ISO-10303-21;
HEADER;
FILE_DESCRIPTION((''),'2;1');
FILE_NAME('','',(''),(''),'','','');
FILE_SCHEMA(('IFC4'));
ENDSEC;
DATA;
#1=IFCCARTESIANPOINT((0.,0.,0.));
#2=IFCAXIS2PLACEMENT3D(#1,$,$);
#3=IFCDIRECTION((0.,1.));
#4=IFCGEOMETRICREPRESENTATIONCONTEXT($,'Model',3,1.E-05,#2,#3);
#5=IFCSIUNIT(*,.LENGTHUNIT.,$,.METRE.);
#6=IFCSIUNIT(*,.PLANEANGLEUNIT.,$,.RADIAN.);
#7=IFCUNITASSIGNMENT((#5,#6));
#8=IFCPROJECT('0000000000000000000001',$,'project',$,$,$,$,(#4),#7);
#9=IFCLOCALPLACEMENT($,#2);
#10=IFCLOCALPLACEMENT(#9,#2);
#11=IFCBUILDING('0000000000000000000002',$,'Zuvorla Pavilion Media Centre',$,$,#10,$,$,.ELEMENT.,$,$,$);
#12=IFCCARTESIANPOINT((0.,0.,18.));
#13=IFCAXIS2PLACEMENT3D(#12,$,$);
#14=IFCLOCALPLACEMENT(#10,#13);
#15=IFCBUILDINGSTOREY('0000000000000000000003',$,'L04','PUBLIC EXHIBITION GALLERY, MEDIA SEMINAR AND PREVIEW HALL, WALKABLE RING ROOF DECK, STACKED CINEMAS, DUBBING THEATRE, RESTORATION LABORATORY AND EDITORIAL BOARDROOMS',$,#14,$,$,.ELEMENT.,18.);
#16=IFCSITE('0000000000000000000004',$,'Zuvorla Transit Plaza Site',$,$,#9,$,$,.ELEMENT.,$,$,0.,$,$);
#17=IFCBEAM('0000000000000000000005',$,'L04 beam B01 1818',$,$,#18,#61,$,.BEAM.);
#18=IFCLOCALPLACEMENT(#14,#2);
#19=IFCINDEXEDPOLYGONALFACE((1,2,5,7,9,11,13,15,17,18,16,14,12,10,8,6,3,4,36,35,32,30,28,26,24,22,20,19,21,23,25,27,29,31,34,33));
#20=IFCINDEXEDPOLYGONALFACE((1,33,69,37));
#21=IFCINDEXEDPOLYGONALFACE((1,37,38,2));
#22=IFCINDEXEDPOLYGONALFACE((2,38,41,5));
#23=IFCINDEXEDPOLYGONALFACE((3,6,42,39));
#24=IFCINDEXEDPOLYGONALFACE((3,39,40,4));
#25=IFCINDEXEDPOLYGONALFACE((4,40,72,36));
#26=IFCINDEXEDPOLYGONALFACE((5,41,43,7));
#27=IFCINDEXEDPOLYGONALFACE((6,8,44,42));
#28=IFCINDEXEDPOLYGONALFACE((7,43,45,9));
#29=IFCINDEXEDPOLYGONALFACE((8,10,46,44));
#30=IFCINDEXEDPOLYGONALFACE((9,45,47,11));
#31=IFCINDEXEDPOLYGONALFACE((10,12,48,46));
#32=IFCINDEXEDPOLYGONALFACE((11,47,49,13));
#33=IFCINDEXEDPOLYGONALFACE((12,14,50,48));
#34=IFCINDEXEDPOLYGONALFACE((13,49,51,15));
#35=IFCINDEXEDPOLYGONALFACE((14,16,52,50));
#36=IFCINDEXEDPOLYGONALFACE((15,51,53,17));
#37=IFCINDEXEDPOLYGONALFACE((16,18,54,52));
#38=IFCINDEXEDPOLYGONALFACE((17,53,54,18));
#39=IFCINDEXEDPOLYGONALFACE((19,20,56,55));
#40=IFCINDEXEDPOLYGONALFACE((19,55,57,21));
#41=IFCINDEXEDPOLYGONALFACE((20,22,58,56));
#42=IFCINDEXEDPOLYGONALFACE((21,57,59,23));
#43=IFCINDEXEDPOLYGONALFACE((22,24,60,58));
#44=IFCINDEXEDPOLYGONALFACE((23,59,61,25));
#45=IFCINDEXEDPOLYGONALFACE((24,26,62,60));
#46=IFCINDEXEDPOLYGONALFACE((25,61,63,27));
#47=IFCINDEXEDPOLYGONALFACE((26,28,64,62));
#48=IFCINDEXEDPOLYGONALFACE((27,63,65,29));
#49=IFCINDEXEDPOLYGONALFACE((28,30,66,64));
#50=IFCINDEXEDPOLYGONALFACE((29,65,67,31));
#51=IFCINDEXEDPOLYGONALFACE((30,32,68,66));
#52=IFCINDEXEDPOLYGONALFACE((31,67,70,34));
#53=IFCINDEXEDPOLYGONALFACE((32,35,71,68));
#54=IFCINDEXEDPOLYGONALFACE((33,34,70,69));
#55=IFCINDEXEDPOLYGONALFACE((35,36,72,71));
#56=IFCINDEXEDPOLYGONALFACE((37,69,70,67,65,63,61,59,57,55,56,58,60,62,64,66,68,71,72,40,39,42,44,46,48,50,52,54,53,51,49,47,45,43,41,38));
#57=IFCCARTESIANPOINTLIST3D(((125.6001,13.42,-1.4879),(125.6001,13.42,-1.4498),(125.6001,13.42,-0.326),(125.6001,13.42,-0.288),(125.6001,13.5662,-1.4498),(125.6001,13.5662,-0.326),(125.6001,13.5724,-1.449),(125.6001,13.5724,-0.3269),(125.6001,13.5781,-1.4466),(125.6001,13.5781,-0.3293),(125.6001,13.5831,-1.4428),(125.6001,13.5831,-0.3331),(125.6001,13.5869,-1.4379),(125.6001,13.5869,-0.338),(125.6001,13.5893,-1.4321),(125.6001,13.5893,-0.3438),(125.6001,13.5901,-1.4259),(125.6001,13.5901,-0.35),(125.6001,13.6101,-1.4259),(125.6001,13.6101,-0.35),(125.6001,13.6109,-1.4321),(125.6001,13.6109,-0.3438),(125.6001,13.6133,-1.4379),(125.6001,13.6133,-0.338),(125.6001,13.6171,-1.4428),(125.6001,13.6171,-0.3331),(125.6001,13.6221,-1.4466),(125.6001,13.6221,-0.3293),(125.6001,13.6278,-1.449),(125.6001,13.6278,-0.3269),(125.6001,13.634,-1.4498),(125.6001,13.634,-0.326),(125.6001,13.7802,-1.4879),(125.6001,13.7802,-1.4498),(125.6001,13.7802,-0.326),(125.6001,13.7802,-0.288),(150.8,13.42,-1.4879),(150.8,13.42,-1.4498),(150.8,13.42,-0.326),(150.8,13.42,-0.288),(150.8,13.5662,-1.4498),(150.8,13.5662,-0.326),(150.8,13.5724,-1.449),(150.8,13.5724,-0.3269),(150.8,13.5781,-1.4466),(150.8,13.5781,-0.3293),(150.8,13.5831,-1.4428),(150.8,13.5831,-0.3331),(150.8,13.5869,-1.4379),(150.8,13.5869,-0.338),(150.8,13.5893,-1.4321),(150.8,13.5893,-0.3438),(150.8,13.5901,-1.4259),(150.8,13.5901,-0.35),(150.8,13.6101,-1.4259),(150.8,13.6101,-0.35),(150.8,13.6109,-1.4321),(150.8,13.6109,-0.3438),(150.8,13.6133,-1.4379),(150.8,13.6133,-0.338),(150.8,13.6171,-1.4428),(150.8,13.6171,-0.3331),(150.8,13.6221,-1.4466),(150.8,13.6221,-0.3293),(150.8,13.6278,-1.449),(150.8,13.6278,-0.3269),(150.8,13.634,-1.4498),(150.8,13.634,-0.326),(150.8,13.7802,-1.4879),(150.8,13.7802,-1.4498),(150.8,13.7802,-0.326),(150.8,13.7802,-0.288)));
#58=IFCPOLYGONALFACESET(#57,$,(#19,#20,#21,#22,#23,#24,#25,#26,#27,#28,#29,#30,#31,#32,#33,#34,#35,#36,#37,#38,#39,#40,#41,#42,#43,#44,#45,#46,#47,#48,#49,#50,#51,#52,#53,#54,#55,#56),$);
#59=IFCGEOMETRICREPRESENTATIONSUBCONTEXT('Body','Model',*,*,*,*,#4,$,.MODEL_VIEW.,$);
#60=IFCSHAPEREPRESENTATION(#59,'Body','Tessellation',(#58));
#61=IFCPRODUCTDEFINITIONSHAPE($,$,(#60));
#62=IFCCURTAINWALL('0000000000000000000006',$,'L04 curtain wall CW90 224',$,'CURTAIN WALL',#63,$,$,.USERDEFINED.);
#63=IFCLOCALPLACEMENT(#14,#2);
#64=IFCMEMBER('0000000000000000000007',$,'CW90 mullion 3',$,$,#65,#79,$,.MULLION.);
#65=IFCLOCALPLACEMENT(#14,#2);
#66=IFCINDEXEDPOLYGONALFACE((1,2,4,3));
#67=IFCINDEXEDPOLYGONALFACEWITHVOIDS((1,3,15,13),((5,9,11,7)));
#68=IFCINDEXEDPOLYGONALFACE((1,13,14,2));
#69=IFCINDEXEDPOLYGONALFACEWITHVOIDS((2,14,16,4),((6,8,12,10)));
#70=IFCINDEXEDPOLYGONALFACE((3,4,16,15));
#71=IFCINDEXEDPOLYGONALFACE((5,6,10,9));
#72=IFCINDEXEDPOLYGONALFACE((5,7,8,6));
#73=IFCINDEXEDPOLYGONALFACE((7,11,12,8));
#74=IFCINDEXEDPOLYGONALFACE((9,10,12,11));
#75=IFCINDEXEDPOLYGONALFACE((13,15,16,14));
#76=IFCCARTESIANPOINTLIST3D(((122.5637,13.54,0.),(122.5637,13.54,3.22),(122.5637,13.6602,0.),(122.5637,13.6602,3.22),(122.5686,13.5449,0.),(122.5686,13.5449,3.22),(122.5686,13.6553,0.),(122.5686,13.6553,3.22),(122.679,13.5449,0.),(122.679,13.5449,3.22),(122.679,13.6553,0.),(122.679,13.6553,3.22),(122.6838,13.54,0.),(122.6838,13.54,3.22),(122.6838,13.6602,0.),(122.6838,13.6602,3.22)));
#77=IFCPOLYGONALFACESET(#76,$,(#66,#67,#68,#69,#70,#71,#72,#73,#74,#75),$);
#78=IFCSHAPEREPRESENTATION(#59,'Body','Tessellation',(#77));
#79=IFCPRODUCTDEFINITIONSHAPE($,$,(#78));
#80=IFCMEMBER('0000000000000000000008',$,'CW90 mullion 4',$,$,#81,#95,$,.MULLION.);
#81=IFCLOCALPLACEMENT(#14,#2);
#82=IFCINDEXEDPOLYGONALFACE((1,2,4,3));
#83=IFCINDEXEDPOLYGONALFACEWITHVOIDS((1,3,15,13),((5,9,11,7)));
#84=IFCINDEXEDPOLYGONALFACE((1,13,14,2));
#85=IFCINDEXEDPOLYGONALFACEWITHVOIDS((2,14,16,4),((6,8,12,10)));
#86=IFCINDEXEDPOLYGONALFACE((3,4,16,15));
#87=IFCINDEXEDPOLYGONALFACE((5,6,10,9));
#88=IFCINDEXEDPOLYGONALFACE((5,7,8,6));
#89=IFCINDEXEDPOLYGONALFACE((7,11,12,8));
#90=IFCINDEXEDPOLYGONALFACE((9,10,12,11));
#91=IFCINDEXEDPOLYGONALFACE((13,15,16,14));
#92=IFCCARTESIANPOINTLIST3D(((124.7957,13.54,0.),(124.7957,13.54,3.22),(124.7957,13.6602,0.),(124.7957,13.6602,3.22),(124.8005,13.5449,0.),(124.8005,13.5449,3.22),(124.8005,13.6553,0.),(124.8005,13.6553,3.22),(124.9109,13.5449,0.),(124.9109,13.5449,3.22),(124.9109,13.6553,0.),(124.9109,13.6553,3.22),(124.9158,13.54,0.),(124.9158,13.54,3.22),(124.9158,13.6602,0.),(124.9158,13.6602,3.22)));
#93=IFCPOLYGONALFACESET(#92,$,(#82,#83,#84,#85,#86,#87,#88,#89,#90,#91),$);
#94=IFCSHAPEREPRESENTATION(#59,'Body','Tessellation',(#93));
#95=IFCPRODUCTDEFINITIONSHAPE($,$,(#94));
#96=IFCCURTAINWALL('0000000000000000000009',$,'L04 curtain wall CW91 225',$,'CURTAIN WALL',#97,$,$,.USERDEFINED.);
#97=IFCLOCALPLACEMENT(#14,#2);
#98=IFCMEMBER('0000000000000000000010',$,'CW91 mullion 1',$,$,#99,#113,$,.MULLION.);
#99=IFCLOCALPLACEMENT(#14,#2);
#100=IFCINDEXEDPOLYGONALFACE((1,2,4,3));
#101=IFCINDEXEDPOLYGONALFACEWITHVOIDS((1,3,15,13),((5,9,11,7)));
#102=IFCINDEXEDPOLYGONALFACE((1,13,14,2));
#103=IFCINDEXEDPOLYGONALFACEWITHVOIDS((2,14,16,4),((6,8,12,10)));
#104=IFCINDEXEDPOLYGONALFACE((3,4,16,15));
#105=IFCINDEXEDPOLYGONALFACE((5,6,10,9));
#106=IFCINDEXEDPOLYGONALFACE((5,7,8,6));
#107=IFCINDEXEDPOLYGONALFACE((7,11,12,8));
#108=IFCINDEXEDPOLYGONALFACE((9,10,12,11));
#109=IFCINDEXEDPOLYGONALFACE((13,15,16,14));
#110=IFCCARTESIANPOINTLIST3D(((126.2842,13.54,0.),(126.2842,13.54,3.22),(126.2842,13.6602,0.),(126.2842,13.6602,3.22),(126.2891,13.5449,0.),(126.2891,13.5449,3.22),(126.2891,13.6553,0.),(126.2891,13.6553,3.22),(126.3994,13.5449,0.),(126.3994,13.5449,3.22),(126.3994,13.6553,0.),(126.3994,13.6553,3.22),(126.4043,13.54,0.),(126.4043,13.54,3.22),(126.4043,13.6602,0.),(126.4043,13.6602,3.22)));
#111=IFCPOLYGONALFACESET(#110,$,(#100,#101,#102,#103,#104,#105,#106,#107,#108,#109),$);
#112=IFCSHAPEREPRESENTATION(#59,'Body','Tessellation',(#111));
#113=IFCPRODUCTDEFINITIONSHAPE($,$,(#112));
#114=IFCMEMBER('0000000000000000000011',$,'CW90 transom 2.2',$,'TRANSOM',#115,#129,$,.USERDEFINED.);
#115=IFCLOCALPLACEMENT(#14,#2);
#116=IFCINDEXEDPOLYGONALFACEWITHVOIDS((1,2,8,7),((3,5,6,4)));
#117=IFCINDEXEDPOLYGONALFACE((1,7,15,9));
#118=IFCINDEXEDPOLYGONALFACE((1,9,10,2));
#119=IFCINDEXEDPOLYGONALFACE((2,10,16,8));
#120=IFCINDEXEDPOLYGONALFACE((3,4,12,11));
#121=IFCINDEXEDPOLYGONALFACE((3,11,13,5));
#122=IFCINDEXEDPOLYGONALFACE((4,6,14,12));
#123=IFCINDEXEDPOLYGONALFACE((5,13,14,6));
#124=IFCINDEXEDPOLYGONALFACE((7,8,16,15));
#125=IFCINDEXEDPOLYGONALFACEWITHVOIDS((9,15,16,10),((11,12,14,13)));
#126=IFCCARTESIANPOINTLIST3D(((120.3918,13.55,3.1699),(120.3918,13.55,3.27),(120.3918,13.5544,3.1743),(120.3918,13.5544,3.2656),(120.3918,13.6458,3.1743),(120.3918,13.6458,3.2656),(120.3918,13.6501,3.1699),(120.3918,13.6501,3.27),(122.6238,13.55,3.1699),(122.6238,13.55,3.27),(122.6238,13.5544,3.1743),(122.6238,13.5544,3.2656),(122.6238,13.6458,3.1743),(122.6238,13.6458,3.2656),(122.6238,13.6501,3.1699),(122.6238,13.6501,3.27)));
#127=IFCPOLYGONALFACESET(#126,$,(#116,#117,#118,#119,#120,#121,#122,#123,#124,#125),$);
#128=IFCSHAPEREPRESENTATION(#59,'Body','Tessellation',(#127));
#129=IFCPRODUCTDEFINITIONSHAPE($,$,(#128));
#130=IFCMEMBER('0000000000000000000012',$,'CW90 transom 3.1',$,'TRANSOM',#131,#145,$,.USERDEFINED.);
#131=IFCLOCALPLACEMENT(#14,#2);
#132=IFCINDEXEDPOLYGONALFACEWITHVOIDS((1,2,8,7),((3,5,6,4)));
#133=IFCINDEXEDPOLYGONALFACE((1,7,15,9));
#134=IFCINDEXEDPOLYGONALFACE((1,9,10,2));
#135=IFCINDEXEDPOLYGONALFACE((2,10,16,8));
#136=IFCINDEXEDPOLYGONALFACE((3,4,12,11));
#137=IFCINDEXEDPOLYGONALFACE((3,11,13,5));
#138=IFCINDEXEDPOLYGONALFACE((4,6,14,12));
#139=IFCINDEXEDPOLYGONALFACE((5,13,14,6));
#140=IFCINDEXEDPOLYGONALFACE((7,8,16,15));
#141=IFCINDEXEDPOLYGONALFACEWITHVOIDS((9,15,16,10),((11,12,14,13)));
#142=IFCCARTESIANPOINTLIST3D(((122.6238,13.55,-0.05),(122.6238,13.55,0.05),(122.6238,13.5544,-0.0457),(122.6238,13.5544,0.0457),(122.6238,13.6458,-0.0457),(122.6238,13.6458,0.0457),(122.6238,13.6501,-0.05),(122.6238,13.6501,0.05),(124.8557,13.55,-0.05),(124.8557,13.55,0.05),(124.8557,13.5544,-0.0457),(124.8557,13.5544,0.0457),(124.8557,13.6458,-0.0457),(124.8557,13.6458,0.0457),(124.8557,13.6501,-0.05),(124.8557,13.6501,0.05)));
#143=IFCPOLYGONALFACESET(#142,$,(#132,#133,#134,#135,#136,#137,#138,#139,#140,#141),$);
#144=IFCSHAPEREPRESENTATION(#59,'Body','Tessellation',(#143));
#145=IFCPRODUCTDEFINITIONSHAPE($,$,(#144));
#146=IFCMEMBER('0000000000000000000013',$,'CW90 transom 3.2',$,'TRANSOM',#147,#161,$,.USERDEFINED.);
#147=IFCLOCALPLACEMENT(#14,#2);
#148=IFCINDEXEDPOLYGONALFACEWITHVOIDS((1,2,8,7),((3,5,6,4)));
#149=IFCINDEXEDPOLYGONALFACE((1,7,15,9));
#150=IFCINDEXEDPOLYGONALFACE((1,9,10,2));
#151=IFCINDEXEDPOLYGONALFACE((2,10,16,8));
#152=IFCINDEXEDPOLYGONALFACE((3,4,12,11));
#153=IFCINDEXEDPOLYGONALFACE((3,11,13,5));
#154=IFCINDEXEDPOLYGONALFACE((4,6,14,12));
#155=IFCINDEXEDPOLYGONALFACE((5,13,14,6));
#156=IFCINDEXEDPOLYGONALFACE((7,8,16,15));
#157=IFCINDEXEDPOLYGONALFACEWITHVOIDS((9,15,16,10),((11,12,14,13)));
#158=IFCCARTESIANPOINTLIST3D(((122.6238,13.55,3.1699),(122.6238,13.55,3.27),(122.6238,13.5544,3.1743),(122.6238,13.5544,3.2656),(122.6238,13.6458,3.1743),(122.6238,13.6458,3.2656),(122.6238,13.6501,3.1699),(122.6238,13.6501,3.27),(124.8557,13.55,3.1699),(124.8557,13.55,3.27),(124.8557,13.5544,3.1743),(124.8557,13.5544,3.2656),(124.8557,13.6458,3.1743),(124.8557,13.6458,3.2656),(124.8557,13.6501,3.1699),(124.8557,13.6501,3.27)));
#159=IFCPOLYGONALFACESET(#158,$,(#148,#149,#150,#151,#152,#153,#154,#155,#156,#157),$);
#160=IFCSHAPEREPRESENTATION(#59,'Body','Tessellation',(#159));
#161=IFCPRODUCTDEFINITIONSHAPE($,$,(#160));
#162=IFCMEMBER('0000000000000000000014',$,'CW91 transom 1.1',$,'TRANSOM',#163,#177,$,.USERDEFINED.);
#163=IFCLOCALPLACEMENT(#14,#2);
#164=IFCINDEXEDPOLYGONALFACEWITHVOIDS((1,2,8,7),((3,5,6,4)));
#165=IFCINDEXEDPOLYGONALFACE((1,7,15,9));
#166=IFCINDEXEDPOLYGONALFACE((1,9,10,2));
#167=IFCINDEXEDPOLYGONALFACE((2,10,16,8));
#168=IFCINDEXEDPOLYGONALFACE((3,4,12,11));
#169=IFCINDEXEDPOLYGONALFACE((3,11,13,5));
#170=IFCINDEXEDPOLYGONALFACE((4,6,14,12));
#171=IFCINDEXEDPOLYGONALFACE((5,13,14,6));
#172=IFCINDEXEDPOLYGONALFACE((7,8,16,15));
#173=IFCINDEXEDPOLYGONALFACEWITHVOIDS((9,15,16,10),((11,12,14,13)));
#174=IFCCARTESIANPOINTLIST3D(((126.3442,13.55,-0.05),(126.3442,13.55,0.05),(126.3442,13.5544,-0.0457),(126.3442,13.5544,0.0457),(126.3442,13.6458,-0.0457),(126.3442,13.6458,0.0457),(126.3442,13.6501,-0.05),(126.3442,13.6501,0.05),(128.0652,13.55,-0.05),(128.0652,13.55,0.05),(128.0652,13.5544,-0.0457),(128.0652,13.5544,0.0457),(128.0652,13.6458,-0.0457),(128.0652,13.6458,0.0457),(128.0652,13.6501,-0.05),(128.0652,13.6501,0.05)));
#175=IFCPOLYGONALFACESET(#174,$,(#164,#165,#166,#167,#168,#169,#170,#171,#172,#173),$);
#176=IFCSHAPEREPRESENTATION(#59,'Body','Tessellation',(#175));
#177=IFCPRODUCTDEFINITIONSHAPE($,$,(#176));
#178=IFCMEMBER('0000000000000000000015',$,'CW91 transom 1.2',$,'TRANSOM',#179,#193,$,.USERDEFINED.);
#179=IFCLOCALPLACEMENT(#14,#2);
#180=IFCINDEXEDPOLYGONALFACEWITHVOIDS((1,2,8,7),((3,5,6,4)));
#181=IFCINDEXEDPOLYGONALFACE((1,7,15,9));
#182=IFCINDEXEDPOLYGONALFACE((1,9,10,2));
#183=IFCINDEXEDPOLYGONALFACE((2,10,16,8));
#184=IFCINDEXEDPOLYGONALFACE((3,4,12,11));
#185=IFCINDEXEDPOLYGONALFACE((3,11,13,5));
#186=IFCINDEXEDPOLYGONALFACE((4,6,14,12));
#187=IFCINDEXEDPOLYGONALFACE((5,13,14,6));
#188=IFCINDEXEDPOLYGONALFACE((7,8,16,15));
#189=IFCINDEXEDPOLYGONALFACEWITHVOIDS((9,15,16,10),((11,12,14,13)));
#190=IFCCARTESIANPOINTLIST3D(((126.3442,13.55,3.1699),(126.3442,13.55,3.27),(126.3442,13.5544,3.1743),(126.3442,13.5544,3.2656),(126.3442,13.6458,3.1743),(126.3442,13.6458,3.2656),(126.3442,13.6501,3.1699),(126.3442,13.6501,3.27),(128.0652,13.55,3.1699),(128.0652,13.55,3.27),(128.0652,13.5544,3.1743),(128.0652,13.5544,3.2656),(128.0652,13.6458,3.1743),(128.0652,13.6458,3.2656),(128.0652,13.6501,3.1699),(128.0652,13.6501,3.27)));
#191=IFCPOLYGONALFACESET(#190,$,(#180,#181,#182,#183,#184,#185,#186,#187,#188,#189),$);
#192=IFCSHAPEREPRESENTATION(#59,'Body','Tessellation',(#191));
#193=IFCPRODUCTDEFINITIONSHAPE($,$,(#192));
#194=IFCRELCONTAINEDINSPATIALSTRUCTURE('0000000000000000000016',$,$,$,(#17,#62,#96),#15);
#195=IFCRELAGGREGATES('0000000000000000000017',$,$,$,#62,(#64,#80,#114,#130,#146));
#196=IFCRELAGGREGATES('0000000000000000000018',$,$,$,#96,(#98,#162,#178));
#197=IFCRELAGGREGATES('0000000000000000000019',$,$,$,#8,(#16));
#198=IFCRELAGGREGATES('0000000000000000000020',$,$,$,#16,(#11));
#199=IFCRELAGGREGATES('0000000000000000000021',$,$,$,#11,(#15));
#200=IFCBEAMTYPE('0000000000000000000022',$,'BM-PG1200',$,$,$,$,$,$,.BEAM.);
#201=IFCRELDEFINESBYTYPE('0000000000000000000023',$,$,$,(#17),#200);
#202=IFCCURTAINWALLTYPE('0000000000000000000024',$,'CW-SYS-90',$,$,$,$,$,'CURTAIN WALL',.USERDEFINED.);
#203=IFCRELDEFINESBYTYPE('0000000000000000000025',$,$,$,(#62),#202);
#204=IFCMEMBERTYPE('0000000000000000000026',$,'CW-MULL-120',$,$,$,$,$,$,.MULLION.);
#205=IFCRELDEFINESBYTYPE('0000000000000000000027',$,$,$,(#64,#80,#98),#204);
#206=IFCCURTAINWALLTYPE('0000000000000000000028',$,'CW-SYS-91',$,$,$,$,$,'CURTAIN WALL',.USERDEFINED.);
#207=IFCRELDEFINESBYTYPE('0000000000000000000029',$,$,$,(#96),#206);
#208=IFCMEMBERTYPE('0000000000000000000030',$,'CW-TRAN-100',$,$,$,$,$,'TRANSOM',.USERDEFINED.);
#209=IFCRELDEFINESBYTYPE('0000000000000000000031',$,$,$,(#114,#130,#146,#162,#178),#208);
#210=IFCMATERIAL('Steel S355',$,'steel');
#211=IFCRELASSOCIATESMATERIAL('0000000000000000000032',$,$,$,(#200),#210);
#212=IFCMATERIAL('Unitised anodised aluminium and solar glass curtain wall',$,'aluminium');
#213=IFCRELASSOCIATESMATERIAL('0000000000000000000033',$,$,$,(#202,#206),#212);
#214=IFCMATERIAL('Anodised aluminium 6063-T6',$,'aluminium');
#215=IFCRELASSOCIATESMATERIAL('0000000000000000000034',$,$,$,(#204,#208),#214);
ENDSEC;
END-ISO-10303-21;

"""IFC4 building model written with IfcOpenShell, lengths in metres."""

from ifc_helpers import new_model, si_unit, direction, frame, origin, origin_2d, place, context, subcontext, project, spatial, hollow_rectangle, i_section, extrude, material, material_profile, profile_set, type_object, element, aggregate, save


model = new_model("IFC4")

# Units and contexts
model_context = context("Model", 3, precision=1e-05, world=origin(), true_north=direction((0.0, 1.0)))
body_context = subcontext(model_context, "Body", "Model", "MODEL_VIEW")
ifc_project = project(units=[si_unit("LENGTHUNIT", "METRE"), si_unit("PLANEANGLEUNIT", "RADIAN")], contexts=[model_context])

# Site, building, storey
site_placement = place(None, origin())
site = spatial("IfcSite", under=ifc_project, at=site_placement, Name="Zuvorla Transit Plaza Site", CompositionType="ELEMENT", RefElevation=0.0)
building_placement = place(site_placement, origin())
building = spatial("IfcBuilding", under=site, at=building_placement, Name="Zuvorla Pavilion Media Centre", CompositionType="ELEMENT")
storey_placement = place(building_placement, frame((0.0, 0.0, 18.0)))
storey = spatial("IfcBuildingStorey", under=building, at=storey_placement, Name="L04", Description="PUBLIC EXHIBITION GALLERY, MEDIA SEMINAR AND PREVIEW HALL, WALKABLE RING ROOF DECK, STACKED CINEMAS, DUBBING THEATRE, RESTORATION LABORATORY AND EDITORIAL BOARDROOMS", CompositionType="ELEMENT", Elevation=18.0)

# Beam
ifc_material_1 = material(Name="Steel S355", Category="steel")
ifc_material_profile_1 = material_profile(ifc_material_1, i_section(OverallWidth=0.3601, OverallDepth=1.2, WebThickness=0.02, FlangeThickness=0.0381, FilletRadius=0.0239, at=origin_2d()), Name="PG 1200x360x38")
ifc_profile_set_1 = profile_set([ifc_material_profile_1], Name="Steel S355")
beam_type = type_object("IfcBeamType", Name="BM-PG1200", PredefinedType="BEAM", material=ifc_profile_set_1)
beam_placement = place(storey_placement, frame((125.6001, 13.6001, -0.8879), z_axis=(1.0, 0.0, 0.0), x_axis=(0.0, 1.0, 0.0)))
element("IfcBeam", 1, at=beam_placement, inside=storey, type_object=beam_type, Name="L04 beam B01 1818", PredefinedType="BEAM", context=body_context, shape_type="SweptSolid", body=[
    extrude(i_section(OverallWidth=0.3601, OverallDepth=1.2, WebThickness=0.02, FlangeThickness=0.0381, FilletRadius=0.0239, at=origin_2d()), origin(), (0.0, 0.0, 1.0), 25.2),
])

# Curtain wall, members
ifc_material_2 = material(Name="Unitised anodised aluminium and solar glass curtain wall", Category="aluminium")
curtain_wall_type_1 = type_object("IfcCurtainWallType", Name="CW-SYS-90", ElementType="CURTAIN WALL", PredefinedType="USERDEFINED", material=ifc_material_2)
curtain_wall_1_placement = place(storey_placement, origin())
curtain_wall_1 = element("IfcCurtainWall", 2, at=curtain_wall_1_placement, inside=storey, type_object=curtain_wall_type_1, Name="L04 curtain wall CW90 224", ObjectType="CURTAIN WALL", PredefinedType="USERDEFINED")
ifc_material_3 = material(Name="Anodised aluminium 6063-T6", Category="aluminium")
ifc_material_profile_2 = material_profile(ifc_material_3, hollow_rectangle(XDim=0.1201, YDim=0.1201, WallThickness=0.0049, at=origin_2d()), Name="ALU MULL 120x120")
ifc_profile_set_2 = profile_set([ifc_material_profile_2], Name="Anodised aluminium 6063-T6")
member_type_1 = type_object("IfcMemberType", Name="CW-MULL-120", PredefinedType="MULLION", material=ifc_profile_set_2)
member_1_placement = place(storey_placement, frame((122.6238, 13.6001, 0.0), z_axis=(0.0, 0.0, 1.0), x_axis=(1.0, 0.0, 0.0)))
member_1 = element("IfcMember", 3, at=member_1_placement, type_object=member_type_1, Name="CW90 mullion 3", PredefinedType="MULLION", context=body_context, shape_type="SweptSolid", body=[
    extrude(hollow_rectangle(XDim=0.1201, YDim=0.1201, WallThickness=0.0049, at=origin_2d()), origin(), (0.0, 0.0, 1.0), 3.22),
])
member_2_placement = place(storey_placement, frame((124.8557, 13.6001, 0.0), z_axis=(0.0, 0.0, 1.0), x_axis=(1.0, 0.0, 0.0)))
member_2 = element("IfcMember", 4, at=member_2_placement, type_object=member_type_1, Name="CW90 mullion 4", PredefinedType="MULLION", context=body_context, shape_type="SweptSolid", body=[
    extrude(hollow_rectangle(XDim=0.1201, YDim=0.1201, WallThickness=0.0049, at=origin_2d()), origin(), (0.0, 0.0, 1.0), 3.22),
])

# Curtain wall, member
curtain_wall_type_2 = type_object("IfcCurtainWallType", Name="CW-SYS-91", ElementType="CURTAIN WALL", PredefinedType="USERDEFINED", material=ifc_material_2)
curtain_wall_2_placement = place(storey_placement, origin())
curtain_wall_2 = element("IfcCurtainWall", 5, at=curtain_wall_2_placement, inside=storey, type_object=curtain_wall_type_2, Name="L04 curtain wall CW91 225", ObjectType="CURTAIN WALL", PredefinedType="USERDEFINED")
member_3_placement = place(storey_placement, frame((126.3442, 13.6001, 0.0), z_axis=(0.0, 0.0, 1.0), x_axis=(1.0, 0.0, 0.0)))
member_3 = element("IfcMember", 6, at=member_3_placement, type_object=member_type_1, Name="CW91 mullion 1", PredefinedType="MULLION", context=body_context, shape_type="SweptSolid", body=[
    extrude(hollow_rectangle(XDim=0.1201, YDim=0.1201, WallThickness=0.0049, at=origin_2d()), origin(), (0.0, 0.0, 1.0), 3.22),
])

# Members
ifc_material_profile_3 = material_profile(ifc_material_3, hollow_rectangle(XDim=0.1001, YDim=0.1001, WallThickness=0.0044, at=origin_2d()), Name="ALU TRAN 100x100")
ifc_profile_set_3 = profile_set([ifc_material_profile_3], Name="Anodised aluminium 6063-T6")
member_type_2 = type_object("IfcMemberType", Name="CW-TRAN-100", ElementType="TRANSOM", PredefinedType="USERDEFINED", material=ifc_profile_set_3)
member_4_placement = place(storey_placement, frame((120.3918, 13.6001, 3.22), z_axis=(1.0, 0.0, 0.0), x_axis=(0.0, 1.0, 0.0)))
member_4 = element("IfcMember", 7, at=member_4_placement, type_object=member_type_2, Name="CW90 transom 2.2", ObjectType="TRANSOM", PredefinedType="USERDEFINED", context=body_context, shape_type="SweptSolid", body=[
    extrude(hollow_rectangle(XDim=0.1001, YDim=0.1001, WallThickness=0.0044, at=origin_2d()), origin(), (0.0, 0.0, 1.0), 2.2319),
])
member_5_placement = place(storey_placement, frame((122.6238, 13.6001, 0.0), z_axis=(1.0, 0.0, 0.0), x_axis=(0.0, 1.0, 0.0)))
member_5 = element("IfcMember", 8, at=member_5_placement, type_object=member_type_2, Name="CW90 transom 3.1", ObjectType="TRANSOM", PredefinedType="USERDEFINED", context=body_context, shape_type="SweptSolid", body=[
    extrude(hollow_rectangle(XDim=0.1001, YDim=0.1001, WallThickness=0.0044, at=origin_2d()), origin(), (0.0, 0.0, 1.0), 2.2319),
])
member_6_placement = place(storey_placement, frame((122.6238, 13.6001, 3.22), z_axis=(1.0, 0.0, 0.0), x_axis=(0.0, 1.0, 0.0)))
member_6 = element("IfcMember", 9, at=member_6_placement, type_object=member_type_2, Name="CW90 transom 3.2", ObjectType="TRANSOM", PredefinedType="USERDEFINED", context=body_context, shape_type="SweptSolid", body=[
    extrude(hollow_rectangle(XDim=0.1001, YDim=0.1001, WallThickness=0.0044, at=origin_2d()), origin(), (0.0, 0.0, 1.0), 2.2319),
])
member_7_placement = place(storey_placement, frame((126.3442, 13.6001, 0.0), z_axis=(1.0, 0.0, 0.0), x_axis=(0.0, 1.0, 0.0)))
member_7 = element("IfcMember", 10, at=member_7_placement, type_object=member_type_2, Name="CW91 transom 1.1", ObjectType="TRANSOM", PredefinedType="USERDEFINED", context=body_context, shape_type="SweptSolid", body=[
    extrude(hollow_rectangle(XDim=0.1001, YDim=0.1001, WallThickness=0.0044, at=origin_2d()), origin(), (0.0, 0.0, 1.0), 1.7209),
])
member_8_placement = place(storey_placement, frame((126.3442, 13.6001, 3.22), z_axis=(1.0, 0.0, 0.0), x_axis=(0.0, 1.0, 0.0)))
member_8 = element("IfcMember", 11, at=member_8_placement, type_object=member_type_2, Name="CW91 transom 1.2", ObjectType="TRANSOM", PredefinedType="USERDEFINED", context=body_context, shape_type="SweptSolid", body=[
    extrude(hollow_rectangle(XDim=0.1001, YDim=0.1001, WallThickness=0.0044, at=origin_2d()), origin(), (0.0, 0.0, 1.0), 1.7209),
])

aggregate(curtain_wall_1, [member_1, member_2, member_4, member_5, member_6])
aggregate(curtain_wall_2, [member_3, member_7, member_8])

save(model, "model.ifc")
